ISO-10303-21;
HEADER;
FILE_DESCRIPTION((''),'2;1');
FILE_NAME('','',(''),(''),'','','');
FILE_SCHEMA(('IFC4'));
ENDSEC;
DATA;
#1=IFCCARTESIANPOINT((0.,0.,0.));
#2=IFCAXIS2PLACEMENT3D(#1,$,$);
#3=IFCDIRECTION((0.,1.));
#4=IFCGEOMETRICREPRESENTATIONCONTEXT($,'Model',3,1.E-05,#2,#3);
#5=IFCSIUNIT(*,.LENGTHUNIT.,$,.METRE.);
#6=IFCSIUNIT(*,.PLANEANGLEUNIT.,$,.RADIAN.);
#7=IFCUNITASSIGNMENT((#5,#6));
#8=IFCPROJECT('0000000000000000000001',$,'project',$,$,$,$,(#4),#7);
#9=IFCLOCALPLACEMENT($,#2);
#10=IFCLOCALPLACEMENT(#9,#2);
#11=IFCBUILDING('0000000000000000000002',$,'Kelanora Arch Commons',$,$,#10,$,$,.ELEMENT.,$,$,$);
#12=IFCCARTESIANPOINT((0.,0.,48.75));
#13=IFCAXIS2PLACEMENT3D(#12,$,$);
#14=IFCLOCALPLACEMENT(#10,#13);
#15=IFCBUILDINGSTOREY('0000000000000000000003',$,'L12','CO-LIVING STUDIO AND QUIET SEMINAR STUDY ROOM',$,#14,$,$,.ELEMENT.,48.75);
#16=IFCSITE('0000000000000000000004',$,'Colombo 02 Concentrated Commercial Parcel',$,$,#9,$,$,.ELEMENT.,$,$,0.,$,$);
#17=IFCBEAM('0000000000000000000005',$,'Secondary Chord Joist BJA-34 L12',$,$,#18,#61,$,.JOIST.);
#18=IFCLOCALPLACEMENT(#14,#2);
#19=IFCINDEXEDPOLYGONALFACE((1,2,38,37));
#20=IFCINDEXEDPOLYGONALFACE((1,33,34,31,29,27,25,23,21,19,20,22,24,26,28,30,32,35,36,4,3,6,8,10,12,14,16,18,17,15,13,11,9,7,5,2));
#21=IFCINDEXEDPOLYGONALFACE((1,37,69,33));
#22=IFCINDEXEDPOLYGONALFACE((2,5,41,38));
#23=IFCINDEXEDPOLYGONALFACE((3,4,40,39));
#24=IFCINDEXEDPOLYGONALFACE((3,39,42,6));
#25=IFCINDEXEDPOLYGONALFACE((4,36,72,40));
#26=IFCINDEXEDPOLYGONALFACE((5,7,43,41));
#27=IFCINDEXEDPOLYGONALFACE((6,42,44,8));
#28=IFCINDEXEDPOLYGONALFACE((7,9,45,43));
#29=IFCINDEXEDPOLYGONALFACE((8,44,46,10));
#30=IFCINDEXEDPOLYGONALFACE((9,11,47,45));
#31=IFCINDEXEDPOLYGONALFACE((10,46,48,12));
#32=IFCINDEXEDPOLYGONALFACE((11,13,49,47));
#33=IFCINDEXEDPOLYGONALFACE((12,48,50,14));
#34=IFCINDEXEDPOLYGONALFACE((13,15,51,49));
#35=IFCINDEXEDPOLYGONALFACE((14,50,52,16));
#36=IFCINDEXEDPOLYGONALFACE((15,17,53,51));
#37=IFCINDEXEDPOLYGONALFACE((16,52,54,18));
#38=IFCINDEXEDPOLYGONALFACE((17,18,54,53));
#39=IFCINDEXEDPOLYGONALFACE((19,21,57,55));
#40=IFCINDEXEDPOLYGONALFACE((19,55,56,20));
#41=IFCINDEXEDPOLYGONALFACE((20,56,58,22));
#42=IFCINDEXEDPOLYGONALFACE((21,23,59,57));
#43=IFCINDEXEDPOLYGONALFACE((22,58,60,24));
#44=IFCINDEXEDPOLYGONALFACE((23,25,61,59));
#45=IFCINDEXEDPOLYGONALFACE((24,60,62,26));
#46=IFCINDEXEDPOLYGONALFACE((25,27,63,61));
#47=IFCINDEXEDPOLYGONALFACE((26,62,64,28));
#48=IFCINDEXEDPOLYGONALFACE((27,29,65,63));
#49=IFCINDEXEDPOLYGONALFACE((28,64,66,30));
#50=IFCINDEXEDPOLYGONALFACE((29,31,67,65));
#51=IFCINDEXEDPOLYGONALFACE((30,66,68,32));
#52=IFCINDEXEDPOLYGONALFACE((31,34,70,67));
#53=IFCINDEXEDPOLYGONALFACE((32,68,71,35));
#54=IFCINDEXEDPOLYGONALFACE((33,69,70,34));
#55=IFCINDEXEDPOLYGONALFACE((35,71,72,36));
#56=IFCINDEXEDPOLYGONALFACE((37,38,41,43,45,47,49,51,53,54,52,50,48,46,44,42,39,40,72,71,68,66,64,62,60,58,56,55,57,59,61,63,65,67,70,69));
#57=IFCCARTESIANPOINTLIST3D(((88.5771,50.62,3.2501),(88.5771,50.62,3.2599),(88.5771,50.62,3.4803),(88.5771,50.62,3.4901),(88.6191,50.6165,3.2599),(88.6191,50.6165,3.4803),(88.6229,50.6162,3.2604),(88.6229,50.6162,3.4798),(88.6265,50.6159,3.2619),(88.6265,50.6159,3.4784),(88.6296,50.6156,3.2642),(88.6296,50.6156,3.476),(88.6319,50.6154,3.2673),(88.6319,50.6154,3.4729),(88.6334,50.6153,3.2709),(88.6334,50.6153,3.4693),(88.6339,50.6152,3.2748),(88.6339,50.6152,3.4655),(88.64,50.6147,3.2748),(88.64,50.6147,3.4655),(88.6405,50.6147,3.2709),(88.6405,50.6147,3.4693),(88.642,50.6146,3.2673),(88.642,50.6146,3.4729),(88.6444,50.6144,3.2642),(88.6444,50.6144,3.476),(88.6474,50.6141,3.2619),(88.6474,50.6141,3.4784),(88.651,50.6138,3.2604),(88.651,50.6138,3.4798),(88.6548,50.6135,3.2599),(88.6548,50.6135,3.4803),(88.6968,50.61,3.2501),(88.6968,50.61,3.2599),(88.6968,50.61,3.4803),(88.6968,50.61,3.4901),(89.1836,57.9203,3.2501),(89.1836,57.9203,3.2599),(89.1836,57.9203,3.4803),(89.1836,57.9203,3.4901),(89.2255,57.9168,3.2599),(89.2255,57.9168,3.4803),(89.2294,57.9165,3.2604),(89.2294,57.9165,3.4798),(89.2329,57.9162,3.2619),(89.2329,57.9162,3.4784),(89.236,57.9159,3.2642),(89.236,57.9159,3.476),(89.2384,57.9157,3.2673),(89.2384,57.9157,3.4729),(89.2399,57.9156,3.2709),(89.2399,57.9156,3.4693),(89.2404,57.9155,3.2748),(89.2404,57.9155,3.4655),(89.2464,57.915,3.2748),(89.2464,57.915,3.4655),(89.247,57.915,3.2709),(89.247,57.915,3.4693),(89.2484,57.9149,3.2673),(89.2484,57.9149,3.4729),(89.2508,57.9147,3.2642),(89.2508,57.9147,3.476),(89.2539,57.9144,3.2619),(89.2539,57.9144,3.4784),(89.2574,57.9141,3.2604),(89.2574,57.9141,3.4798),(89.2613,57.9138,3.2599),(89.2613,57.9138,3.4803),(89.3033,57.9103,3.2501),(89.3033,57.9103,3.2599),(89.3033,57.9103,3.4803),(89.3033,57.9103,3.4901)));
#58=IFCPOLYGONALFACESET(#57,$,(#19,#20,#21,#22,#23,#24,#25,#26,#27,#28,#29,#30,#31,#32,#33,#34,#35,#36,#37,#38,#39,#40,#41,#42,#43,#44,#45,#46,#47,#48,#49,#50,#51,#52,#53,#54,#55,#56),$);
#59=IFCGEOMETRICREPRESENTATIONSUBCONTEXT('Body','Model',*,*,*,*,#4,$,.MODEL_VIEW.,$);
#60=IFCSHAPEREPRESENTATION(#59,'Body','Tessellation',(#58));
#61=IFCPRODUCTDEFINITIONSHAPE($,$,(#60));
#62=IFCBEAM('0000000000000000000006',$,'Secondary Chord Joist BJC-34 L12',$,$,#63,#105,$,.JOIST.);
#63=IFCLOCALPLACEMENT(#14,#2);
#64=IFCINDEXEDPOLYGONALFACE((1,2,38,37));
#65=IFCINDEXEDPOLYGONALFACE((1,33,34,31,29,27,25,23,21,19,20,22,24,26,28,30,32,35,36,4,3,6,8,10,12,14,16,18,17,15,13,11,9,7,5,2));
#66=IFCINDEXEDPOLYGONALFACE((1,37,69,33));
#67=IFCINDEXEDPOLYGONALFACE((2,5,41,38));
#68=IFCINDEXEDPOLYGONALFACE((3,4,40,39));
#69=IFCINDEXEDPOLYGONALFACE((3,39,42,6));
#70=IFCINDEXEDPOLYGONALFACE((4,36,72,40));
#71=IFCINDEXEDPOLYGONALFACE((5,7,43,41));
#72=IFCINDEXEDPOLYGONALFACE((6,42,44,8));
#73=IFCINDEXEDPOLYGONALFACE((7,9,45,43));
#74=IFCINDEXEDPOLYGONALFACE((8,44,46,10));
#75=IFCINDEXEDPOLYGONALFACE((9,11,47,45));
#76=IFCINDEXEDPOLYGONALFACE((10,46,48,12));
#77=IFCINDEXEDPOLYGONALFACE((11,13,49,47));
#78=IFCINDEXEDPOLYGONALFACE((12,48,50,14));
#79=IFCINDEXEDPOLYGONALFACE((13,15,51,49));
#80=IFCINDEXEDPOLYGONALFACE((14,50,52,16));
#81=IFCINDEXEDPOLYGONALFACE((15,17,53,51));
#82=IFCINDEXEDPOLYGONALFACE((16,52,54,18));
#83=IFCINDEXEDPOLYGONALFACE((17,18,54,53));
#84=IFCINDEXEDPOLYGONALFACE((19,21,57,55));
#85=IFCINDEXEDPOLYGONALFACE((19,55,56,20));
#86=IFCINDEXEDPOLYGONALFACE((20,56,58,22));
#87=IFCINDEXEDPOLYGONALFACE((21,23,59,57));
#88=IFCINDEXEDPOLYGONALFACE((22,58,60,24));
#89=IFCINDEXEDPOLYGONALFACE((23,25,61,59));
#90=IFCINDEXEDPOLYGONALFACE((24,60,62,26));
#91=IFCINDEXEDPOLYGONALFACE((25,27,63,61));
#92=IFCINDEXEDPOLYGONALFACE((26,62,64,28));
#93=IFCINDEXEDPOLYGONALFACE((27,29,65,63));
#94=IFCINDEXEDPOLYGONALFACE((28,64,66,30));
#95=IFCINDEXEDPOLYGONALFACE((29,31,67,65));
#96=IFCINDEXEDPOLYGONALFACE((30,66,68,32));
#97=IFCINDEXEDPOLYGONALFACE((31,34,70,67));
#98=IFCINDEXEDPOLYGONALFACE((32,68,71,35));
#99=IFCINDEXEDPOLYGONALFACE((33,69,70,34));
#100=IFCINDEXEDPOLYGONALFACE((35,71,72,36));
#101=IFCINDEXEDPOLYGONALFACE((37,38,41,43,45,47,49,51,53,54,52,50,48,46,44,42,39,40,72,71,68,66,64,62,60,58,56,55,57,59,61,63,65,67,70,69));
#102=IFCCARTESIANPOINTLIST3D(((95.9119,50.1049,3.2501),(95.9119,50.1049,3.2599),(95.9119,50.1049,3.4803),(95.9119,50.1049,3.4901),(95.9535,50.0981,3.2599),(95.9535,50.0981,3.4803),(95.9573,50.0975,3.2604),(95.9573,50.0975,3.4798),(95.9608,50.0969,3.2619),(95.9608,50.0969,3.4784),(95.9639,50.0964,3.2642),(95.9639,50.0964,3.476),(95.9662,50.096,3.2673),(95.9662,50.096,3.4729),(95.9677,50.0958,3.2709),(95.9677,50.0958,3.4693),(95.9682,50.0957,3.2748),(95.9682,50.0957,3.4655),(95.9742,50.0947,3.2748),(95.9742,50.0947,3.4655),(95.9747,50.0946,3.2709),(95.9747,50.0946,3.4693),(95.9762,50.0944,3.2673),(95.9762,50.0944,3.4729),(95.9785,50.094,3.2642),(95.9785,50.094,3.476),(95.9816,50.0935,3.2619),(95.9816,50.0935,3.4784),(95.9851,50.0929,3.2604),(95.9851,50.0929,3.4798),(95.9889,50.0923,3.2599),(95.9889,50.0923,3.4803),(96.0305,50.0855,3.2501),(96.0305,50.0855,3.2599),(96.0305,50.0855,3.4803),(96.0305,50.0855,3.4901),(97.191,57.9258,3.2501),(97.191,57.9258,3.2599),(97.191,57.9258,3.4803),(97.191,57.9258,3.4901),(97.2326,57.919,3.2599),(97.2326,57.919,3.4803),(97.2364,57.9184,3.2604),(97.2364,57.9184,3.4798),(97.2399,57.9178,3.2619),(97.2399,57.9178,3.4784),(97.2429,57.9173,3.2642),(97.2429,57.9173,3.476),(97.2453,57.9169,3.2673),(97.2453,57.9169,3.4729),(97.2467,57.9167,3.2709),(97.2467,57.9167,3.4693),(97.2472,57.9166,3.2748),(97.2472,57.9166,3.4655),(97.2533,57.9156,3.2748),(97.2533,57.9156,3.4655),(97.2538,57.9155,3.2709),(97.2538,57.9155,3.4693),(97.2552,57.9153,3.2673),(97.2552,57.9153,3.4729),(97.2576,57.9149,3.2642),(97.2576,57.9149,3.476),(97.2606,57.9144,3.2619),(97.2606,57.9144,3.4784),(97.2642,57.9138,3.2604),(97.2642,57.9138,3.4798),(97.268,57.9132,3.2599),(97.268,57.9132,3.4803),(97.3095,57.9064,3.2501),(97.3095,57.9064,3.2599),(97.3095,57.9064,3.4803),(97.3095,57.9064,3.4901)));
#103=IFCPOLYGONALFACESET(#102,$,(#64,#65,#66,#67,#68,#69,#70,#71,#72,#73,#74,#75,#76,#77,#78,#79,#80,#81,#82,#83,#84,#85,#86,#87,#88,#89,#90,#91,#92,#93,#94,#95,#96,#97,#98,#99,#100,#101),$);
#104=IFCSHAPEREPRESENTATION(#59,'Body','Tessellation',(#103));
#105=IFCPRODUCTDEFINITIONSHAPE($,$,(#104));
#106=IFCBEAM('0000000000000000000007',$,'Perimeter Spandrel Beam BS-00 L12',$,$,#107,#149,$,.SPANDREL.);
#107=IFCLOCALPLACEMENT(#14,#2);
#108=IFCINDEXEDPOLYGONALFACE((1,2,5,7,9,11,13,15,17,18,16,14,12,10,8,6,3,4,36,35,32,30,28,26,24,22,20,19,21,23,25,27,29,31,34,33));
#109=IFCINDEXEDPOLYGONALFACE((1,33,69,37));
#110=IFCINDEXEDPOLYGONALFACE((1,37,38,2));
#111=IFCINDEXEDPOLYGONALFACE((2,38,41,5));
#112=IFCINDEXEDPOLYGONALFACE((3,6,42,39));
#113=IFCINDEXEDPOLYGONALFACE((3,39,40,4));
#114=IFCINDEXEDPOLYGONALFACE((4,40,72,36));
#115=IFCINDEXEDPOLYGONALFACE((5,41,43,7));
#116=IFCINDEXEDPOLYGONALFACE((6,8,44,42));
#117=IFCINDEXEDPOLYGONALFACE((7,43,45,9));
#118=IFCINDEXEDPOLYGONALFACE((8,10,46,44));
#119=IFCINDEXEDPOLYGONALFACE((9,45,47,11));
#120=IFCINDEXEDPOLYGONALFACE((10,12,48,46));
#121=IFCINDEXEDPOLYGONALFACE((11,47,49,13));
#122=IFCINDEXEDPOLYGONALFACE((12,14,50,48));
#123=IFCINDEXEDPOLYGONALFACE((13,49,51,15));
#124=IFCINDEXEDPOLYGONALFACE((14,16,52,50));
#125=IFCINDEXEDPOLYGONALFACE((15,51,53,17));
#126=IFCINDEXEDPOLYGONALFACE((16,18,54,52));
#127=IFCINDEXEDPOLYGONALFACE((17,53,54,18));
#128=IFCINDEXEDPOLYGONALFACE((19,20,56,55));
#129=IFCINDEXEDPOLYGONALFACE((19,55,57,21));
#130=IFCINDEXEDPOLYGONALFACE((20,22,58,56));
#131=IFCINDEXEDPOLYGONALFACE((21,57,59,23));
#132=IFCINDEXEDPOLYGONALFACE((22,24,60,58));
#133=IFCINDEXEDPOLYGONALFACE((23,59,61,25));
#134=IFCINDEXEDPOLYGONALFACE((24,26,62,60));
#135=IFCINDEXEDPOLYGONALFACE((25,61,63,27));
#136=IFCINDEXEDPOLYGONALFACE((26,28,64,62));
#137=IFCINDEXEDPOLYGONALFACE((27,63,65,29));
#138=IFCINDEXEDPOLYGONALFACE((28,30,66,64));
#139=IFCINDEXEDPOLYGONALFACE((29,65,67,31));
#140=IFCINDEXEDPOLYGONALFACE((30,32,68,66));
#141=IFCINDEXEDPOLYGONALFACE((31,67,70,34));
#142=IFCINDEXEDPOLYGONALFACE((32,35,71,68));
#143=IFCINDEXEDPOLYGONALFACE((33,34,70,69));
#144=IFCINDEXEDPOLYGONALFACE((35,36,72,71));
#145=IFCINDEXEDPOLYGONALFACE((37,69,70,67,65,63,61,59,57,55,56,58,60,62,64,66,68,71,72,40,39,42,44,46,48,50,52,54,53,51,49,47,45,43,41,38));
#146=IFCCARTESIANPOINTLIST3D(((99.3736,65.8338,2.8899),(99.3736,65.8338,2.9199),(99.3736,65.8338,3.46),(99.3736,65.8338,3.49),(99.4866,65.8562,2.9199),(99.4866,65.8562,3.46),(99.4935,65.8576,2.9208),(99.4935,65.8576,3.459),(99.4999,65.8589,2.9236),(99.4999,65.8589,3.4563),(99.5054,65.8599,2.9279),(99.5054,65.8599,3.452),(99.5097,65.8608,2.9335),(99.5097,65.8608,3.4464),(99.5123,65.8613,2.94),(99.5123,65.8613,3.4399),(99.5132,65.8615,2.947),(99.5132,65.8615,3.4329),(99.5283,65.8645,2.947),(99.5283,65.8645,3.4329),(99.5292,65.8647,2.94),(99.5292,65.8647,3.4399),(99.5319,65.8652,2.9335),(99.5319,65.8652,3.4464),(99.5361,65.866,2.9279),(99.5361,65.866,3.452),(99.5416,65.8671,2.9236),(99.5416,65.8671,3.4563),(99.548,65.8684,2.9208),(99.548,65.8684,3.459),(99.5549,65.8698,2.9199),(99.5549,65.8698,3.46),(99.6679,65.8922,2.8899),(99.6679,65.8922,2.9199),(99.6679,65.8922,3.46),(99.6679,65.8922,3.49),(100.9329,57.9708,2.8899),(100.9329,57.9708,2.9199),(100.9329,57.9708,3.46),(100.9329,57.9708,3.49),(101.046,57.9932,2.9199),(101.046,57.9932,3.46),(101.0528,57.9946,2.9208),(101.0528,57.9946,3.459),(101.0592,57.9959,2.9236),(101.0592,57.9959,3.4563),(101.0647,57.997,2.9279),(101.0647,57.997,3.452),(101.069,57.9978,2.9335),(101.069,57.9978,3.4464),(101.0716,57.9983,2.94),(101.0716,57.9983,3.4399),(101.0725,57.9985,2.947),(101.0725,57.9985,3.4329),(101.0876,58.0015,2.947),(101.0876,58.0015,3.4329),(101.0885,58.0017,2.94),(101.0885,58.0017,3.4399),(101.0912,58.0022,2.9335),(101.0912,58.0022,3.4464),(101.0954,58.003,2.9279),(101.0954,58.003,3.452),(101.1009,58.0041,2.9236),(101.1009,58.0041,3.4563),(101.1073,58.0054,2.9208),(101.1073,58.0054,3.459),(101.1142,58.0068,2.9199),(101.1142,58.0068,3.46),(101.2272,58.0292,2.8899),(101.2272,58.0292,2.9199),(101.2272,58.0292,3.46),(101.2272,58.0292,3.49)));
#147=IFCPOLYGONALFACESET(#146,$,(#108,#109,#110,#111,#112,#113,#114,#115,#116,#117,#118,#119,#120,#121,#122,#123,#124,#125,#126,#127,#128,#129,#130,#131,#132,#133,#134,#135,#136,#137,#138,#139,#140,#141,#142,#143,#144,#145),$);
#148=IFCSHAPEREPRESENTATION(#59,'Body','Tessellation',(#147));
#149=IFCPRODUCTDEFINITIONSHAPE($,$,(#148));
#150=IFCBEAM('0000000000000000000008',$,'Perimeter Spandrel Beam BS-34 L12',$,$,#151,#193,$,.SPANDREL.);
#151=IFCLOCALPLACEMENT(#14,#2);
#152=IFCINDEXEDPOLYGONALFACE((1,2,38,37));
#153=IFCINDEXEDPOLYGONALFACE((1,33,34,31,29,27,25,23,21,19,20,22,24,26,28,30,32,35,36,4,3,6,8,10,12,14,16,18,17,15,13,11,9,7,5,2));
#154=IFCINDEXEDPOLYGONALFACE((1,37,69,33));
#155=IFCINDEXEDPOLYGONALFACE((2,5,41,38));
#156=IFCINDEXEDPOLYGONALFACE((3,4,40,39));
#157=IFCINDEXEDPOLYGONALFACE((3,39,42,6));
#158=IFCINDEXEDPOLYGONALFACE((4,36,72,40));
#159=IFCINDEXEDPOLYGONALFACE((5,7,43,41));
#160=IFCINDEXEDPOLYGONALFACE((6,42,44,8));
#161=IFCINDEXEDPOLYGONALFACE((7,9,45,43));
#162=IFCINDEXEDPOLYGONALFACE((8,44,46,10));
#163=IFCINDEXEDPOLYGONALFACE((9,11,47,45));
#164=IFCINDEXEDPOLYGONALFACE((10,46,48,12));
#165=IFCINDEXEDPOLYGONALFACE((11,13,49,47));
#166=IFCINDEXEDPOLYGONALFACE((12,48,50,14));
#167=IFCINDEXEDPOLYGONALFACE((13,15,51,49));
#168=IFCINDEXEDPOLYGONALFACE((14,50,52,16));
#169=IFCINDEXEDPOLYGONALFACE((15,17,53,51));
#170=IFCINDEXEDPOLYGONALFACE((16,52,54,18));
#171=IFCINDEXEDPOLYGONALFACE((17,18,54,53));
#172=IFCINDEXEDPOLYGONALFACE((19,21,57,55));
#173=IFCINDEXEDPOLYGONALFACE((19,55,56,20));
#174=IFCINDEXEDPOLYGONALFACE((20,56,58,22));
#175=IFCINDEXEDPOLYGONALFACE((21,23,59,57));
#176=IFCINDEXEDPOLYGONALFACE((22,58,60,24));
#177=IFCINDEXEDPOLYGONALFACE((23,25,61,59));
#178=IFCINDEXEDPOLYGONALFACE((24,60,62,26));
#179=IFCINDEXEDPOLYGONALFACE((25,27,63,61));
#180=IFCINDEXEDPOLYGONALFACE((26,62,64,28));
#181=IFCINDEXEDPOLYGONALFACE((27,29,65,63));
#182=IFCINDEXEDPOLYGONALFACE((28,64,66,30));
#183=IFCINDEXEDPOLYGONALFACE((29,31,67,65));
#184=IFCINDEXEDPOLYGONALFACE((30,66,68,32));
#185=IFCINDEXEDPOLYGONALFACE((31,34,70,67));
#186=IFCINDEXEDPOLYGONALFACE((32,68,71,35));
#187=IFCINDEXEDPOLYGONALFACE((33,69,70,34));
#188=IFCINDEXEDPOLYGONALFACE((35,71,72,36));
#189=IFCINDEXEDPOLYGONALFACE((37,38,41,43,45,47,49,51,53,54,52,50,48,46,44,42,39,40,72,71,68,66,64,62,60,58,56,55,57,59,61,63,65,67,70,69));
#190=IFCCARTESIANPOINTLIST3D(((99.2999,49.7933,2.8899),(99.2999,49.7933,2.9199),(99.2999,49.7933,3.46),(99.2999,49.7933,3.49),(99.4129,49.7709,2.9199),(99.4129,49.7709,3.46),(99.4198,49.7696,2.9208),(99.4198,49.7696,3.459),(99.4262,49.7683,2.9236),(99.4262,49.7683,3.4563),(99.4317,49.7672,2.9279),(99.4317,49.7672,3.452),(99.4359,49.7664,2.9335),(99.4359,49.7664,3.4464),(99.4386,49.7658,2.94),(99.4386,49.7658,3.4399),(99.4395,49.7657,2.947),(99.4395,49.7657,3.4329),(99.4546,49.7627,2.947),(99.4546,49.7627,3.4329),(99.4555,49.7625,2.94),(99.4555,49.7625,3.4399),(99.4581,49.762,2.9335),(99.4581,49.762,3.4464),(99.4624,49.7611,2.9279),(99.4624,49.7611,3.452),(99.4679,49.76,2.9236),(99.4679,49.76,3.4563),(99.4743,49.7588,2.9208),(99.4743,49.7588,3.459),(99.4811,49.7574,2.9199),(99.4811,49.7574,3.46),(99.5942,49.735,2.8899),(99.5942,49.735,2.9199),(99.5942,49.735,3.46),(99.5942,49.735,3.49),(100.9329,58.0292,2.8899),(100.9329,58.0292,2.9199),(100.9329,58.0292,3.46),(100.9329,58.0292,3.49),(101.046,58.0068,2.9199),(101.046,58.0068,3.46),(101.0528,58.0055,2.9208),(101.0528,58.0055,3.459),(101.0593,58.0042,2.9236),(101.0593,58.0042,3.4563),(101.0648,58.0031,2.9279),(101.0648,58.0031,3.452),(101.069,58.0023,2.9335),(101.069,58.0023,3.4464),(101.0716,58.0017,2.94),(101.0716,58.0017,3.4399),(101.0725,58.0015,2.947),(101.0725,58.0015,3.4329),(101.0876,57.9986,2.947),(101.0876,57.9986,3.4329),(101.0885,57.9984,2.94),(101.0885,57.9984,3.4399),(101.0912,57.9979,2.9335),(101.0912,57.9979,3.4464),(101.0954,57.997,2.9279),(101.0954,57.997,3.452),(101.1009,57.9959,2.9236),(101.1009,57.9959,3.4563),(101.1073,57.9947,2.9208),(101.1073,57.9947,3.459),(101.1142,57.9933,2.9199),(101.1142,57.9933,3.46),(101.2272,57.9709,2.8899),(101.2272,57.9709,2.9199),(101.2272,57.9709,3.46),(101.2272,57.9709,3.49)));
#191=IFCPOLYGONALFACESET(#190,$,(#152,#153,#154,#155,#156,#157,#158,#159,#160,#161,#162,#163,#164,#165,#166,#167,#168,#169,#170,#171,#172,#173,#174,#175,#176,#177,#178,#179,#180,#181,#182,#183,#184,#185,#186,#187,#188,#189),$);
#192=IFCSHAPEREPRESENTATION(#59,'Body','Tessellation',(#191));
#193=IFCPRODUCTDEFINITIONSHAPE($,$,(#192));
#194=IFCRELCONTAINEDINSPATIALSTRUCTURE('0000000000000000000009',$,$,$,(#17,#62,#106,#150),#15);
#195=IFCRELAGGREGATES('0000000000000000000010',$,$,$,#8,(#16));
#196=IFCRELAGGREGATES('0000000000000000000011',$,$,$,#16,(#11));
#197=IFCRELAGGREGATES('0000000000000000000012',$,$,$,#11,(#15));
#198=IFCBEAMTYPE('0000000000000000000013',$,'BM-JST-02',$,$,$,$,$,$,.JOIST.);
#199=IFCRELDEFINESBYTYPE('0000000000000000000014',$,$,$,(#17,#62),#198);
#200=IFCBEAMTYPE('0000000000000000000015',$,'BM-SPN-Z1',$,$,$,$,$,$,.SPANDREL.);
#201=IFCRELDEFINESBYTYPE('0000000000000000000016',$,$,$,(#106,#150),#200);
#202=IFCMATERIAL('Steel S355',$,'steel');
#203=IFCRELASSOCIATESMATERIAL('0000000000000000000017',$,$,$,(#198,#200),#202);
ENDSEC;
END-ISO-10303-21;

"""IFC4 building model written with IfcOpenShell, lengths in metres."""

from ifc_helpers import new_model, si_unit, direction, frame, origin, origin_2d, place, context, subcontext, project, spatial, i_section, extrude, material, material_profile, profile_set, type_object, element, save


model = new_model("IFC4")

# Units and contexts
model_context = context("Model", 3, precision=1e-05, world=origin(), true_north=direction((0.0, 1.0)))
body_context = subcontext(model_context, "Body", "Model", "MODEL_VIEW")
ifc_project = project(units=[si_unit("LENGTHUNIT", "METRE"), si_unit("PLANEANGLEUNIT", "RADIAN")], contexts=[model_context])

# Site, building, storey
site_placement = place(None, origin())
site = spatial("IfcSite", under=ifc_project, at=site_placement, Name="Colombo 02 Concentrated Commercial Parcel", CompositionType="ELEMENT", RefElevation=0.0)
building_placement = place(site_placement, origin())
building = spatial("IfcBuilding", under=site, at=building_placement, Name="Kelanora Arch Commons", CompositionType="ELEMENT")
storey_placement = place(building_placement, frame((0.0, 0.0, 48.75)))
storey = spatial("IfcBuildingStorey", under=building, at=storey_placement, Name="L12", Description="CO-LIVING STUDIO AND QUIET SEMINAR STUDY ROOM", CompositionType="ELEMENT", Elevation=48.75)

# Beams
ifc_material_1 = material(Name="Steel S355", Category="steel")
ifc_material_profile_1 = material_profile(ifc_material_1, i_section(OverallWidth=0.1201, OverallDepth=0.24, WebThickness=0.0061, FlangeThickness=0.0098, FilletRadius=0.0149, at=origin_2d()), Name="IPE240")
ifc_profile_set_1 = profile_set([ifc_material_profile_1], Name="Steel S355")
beam_type_1 = type_object("IfcBeamType", Name="BM-JST-02", PredefinedType="JOIST", material=ifc_profile_set_1)
beam_1_placement = place(storey_placement, frame((88.637, 50.615, 3.3701), z_axis=(0.082786, 0.996567, 0.0), x_axis=(-0.996567, 0.082786, 0.0)))
element("IfcBeam", 1, at=beam_1_placement, inside=storey, type_object=beam_type_1, Name="Secondary Chord Joist BJA-34 L12", PredefinedType="JOIST", context=body_context, shape_type="SweptSolid", body=[
    extrude(i_section(OverallWidth=0.1201, OverallDepth=0.24, WebThickness=0.0061, FlangeThickness=0.0098, FilletRadius=0.0149, at=origin_2d()), origin(), (0.0, 0.0, 1.0), 7.3254),
])
beam_2_placement = place(storey_placement, frame((95.9712, 50.0952, 3.3701), z_axis=(0.161401, 0.986889, 0.0), x_axis=(-0.986889, 0.161401, 0.0)))
element("IfcBeam", 2, at=beam_2_placement, inside=storey, type_object=beam_type_1, Name="Secondary Chord Joist BJC-34 L12", PredefinedType="JOIST", context=body_context, shape_type="SweptSolid", body=[
    extrude(i_section(OverallWidth=0.1201, OverallDepth=0.24, WebThickness=0.0061, FlangeThickness=0.0098, FilletRadius=0.0149, at=origin_2d()), origin(), (0.0, 0.0, 1.0), 7.9248),
])
ifc_material_profile_2 = material_profile(ifc_material_1, i_section(OverallWidth=0.3, OverallDepth=0.6001, WebThickness=0.0154, FlangeThickness=0.03, FilletRadius=0.0271, at=origin_2d()), Name="HEB600")
ifc_profile_set_2 = profile_set([ifc_material_profile_2], Name="Steel S355")
beam_type_2 = type_object("IfcBeamType", Name="BM-SPN-Z1", PredefinedType="SPANDREL", material=ifc_profile_set_2)
beam_3_placement = place(storey_placement, frame((101.0801, 58.0, 3.1899), z_axis=(-0.194523, 0.980898, 0.0), x_axis=(-0.980898, -0.194523, 0.0)))
element("IfcBeam", 3, at=beam_3_placement, inside=storey, type_object=beam_type_2, Name="Perimeter Spandrel Beam BS-00 L12", PredefinedType="SPANDREL", context=body_context, shape_type="SweptSolid", body=[
    extrude(i_section(OverallWidth=0.3, OverallDepth=0.6001, WebThickness=0.0154, FlangeThickness=0.03, FilletRadius=0.0271, at=origin_2d()), origin(), (0.0, 0.0, 1.0), 8.0161),
])
beam_4_placement = place(storey_placement, frame((99.447, 49.7642, 3.1899), z_axis=(0.1945, 0.980903, 0.0), x_axis=(-0.980903, 0.1945, 0.0)))
element("IfcBeam", 4, at=beam_4_placement, inside=storey, type_object=beam_type_2, Name="Perimeter Spandrel Beam BS-34 L12", PredefinedType="SPANDREL", context=body_context, shape_type="SweptSolid", body=[
    extrude(i_section(OverallWidth=0.3, OverallDepth=0.6001, WebThickness=0.0154, FlangeThickness=0.03, FilletRadius=0.0271, at=origin_2d()), origin(), (0.0, 0.0, 1.0), 8.3962),
])

save(model, "model.ifc")
